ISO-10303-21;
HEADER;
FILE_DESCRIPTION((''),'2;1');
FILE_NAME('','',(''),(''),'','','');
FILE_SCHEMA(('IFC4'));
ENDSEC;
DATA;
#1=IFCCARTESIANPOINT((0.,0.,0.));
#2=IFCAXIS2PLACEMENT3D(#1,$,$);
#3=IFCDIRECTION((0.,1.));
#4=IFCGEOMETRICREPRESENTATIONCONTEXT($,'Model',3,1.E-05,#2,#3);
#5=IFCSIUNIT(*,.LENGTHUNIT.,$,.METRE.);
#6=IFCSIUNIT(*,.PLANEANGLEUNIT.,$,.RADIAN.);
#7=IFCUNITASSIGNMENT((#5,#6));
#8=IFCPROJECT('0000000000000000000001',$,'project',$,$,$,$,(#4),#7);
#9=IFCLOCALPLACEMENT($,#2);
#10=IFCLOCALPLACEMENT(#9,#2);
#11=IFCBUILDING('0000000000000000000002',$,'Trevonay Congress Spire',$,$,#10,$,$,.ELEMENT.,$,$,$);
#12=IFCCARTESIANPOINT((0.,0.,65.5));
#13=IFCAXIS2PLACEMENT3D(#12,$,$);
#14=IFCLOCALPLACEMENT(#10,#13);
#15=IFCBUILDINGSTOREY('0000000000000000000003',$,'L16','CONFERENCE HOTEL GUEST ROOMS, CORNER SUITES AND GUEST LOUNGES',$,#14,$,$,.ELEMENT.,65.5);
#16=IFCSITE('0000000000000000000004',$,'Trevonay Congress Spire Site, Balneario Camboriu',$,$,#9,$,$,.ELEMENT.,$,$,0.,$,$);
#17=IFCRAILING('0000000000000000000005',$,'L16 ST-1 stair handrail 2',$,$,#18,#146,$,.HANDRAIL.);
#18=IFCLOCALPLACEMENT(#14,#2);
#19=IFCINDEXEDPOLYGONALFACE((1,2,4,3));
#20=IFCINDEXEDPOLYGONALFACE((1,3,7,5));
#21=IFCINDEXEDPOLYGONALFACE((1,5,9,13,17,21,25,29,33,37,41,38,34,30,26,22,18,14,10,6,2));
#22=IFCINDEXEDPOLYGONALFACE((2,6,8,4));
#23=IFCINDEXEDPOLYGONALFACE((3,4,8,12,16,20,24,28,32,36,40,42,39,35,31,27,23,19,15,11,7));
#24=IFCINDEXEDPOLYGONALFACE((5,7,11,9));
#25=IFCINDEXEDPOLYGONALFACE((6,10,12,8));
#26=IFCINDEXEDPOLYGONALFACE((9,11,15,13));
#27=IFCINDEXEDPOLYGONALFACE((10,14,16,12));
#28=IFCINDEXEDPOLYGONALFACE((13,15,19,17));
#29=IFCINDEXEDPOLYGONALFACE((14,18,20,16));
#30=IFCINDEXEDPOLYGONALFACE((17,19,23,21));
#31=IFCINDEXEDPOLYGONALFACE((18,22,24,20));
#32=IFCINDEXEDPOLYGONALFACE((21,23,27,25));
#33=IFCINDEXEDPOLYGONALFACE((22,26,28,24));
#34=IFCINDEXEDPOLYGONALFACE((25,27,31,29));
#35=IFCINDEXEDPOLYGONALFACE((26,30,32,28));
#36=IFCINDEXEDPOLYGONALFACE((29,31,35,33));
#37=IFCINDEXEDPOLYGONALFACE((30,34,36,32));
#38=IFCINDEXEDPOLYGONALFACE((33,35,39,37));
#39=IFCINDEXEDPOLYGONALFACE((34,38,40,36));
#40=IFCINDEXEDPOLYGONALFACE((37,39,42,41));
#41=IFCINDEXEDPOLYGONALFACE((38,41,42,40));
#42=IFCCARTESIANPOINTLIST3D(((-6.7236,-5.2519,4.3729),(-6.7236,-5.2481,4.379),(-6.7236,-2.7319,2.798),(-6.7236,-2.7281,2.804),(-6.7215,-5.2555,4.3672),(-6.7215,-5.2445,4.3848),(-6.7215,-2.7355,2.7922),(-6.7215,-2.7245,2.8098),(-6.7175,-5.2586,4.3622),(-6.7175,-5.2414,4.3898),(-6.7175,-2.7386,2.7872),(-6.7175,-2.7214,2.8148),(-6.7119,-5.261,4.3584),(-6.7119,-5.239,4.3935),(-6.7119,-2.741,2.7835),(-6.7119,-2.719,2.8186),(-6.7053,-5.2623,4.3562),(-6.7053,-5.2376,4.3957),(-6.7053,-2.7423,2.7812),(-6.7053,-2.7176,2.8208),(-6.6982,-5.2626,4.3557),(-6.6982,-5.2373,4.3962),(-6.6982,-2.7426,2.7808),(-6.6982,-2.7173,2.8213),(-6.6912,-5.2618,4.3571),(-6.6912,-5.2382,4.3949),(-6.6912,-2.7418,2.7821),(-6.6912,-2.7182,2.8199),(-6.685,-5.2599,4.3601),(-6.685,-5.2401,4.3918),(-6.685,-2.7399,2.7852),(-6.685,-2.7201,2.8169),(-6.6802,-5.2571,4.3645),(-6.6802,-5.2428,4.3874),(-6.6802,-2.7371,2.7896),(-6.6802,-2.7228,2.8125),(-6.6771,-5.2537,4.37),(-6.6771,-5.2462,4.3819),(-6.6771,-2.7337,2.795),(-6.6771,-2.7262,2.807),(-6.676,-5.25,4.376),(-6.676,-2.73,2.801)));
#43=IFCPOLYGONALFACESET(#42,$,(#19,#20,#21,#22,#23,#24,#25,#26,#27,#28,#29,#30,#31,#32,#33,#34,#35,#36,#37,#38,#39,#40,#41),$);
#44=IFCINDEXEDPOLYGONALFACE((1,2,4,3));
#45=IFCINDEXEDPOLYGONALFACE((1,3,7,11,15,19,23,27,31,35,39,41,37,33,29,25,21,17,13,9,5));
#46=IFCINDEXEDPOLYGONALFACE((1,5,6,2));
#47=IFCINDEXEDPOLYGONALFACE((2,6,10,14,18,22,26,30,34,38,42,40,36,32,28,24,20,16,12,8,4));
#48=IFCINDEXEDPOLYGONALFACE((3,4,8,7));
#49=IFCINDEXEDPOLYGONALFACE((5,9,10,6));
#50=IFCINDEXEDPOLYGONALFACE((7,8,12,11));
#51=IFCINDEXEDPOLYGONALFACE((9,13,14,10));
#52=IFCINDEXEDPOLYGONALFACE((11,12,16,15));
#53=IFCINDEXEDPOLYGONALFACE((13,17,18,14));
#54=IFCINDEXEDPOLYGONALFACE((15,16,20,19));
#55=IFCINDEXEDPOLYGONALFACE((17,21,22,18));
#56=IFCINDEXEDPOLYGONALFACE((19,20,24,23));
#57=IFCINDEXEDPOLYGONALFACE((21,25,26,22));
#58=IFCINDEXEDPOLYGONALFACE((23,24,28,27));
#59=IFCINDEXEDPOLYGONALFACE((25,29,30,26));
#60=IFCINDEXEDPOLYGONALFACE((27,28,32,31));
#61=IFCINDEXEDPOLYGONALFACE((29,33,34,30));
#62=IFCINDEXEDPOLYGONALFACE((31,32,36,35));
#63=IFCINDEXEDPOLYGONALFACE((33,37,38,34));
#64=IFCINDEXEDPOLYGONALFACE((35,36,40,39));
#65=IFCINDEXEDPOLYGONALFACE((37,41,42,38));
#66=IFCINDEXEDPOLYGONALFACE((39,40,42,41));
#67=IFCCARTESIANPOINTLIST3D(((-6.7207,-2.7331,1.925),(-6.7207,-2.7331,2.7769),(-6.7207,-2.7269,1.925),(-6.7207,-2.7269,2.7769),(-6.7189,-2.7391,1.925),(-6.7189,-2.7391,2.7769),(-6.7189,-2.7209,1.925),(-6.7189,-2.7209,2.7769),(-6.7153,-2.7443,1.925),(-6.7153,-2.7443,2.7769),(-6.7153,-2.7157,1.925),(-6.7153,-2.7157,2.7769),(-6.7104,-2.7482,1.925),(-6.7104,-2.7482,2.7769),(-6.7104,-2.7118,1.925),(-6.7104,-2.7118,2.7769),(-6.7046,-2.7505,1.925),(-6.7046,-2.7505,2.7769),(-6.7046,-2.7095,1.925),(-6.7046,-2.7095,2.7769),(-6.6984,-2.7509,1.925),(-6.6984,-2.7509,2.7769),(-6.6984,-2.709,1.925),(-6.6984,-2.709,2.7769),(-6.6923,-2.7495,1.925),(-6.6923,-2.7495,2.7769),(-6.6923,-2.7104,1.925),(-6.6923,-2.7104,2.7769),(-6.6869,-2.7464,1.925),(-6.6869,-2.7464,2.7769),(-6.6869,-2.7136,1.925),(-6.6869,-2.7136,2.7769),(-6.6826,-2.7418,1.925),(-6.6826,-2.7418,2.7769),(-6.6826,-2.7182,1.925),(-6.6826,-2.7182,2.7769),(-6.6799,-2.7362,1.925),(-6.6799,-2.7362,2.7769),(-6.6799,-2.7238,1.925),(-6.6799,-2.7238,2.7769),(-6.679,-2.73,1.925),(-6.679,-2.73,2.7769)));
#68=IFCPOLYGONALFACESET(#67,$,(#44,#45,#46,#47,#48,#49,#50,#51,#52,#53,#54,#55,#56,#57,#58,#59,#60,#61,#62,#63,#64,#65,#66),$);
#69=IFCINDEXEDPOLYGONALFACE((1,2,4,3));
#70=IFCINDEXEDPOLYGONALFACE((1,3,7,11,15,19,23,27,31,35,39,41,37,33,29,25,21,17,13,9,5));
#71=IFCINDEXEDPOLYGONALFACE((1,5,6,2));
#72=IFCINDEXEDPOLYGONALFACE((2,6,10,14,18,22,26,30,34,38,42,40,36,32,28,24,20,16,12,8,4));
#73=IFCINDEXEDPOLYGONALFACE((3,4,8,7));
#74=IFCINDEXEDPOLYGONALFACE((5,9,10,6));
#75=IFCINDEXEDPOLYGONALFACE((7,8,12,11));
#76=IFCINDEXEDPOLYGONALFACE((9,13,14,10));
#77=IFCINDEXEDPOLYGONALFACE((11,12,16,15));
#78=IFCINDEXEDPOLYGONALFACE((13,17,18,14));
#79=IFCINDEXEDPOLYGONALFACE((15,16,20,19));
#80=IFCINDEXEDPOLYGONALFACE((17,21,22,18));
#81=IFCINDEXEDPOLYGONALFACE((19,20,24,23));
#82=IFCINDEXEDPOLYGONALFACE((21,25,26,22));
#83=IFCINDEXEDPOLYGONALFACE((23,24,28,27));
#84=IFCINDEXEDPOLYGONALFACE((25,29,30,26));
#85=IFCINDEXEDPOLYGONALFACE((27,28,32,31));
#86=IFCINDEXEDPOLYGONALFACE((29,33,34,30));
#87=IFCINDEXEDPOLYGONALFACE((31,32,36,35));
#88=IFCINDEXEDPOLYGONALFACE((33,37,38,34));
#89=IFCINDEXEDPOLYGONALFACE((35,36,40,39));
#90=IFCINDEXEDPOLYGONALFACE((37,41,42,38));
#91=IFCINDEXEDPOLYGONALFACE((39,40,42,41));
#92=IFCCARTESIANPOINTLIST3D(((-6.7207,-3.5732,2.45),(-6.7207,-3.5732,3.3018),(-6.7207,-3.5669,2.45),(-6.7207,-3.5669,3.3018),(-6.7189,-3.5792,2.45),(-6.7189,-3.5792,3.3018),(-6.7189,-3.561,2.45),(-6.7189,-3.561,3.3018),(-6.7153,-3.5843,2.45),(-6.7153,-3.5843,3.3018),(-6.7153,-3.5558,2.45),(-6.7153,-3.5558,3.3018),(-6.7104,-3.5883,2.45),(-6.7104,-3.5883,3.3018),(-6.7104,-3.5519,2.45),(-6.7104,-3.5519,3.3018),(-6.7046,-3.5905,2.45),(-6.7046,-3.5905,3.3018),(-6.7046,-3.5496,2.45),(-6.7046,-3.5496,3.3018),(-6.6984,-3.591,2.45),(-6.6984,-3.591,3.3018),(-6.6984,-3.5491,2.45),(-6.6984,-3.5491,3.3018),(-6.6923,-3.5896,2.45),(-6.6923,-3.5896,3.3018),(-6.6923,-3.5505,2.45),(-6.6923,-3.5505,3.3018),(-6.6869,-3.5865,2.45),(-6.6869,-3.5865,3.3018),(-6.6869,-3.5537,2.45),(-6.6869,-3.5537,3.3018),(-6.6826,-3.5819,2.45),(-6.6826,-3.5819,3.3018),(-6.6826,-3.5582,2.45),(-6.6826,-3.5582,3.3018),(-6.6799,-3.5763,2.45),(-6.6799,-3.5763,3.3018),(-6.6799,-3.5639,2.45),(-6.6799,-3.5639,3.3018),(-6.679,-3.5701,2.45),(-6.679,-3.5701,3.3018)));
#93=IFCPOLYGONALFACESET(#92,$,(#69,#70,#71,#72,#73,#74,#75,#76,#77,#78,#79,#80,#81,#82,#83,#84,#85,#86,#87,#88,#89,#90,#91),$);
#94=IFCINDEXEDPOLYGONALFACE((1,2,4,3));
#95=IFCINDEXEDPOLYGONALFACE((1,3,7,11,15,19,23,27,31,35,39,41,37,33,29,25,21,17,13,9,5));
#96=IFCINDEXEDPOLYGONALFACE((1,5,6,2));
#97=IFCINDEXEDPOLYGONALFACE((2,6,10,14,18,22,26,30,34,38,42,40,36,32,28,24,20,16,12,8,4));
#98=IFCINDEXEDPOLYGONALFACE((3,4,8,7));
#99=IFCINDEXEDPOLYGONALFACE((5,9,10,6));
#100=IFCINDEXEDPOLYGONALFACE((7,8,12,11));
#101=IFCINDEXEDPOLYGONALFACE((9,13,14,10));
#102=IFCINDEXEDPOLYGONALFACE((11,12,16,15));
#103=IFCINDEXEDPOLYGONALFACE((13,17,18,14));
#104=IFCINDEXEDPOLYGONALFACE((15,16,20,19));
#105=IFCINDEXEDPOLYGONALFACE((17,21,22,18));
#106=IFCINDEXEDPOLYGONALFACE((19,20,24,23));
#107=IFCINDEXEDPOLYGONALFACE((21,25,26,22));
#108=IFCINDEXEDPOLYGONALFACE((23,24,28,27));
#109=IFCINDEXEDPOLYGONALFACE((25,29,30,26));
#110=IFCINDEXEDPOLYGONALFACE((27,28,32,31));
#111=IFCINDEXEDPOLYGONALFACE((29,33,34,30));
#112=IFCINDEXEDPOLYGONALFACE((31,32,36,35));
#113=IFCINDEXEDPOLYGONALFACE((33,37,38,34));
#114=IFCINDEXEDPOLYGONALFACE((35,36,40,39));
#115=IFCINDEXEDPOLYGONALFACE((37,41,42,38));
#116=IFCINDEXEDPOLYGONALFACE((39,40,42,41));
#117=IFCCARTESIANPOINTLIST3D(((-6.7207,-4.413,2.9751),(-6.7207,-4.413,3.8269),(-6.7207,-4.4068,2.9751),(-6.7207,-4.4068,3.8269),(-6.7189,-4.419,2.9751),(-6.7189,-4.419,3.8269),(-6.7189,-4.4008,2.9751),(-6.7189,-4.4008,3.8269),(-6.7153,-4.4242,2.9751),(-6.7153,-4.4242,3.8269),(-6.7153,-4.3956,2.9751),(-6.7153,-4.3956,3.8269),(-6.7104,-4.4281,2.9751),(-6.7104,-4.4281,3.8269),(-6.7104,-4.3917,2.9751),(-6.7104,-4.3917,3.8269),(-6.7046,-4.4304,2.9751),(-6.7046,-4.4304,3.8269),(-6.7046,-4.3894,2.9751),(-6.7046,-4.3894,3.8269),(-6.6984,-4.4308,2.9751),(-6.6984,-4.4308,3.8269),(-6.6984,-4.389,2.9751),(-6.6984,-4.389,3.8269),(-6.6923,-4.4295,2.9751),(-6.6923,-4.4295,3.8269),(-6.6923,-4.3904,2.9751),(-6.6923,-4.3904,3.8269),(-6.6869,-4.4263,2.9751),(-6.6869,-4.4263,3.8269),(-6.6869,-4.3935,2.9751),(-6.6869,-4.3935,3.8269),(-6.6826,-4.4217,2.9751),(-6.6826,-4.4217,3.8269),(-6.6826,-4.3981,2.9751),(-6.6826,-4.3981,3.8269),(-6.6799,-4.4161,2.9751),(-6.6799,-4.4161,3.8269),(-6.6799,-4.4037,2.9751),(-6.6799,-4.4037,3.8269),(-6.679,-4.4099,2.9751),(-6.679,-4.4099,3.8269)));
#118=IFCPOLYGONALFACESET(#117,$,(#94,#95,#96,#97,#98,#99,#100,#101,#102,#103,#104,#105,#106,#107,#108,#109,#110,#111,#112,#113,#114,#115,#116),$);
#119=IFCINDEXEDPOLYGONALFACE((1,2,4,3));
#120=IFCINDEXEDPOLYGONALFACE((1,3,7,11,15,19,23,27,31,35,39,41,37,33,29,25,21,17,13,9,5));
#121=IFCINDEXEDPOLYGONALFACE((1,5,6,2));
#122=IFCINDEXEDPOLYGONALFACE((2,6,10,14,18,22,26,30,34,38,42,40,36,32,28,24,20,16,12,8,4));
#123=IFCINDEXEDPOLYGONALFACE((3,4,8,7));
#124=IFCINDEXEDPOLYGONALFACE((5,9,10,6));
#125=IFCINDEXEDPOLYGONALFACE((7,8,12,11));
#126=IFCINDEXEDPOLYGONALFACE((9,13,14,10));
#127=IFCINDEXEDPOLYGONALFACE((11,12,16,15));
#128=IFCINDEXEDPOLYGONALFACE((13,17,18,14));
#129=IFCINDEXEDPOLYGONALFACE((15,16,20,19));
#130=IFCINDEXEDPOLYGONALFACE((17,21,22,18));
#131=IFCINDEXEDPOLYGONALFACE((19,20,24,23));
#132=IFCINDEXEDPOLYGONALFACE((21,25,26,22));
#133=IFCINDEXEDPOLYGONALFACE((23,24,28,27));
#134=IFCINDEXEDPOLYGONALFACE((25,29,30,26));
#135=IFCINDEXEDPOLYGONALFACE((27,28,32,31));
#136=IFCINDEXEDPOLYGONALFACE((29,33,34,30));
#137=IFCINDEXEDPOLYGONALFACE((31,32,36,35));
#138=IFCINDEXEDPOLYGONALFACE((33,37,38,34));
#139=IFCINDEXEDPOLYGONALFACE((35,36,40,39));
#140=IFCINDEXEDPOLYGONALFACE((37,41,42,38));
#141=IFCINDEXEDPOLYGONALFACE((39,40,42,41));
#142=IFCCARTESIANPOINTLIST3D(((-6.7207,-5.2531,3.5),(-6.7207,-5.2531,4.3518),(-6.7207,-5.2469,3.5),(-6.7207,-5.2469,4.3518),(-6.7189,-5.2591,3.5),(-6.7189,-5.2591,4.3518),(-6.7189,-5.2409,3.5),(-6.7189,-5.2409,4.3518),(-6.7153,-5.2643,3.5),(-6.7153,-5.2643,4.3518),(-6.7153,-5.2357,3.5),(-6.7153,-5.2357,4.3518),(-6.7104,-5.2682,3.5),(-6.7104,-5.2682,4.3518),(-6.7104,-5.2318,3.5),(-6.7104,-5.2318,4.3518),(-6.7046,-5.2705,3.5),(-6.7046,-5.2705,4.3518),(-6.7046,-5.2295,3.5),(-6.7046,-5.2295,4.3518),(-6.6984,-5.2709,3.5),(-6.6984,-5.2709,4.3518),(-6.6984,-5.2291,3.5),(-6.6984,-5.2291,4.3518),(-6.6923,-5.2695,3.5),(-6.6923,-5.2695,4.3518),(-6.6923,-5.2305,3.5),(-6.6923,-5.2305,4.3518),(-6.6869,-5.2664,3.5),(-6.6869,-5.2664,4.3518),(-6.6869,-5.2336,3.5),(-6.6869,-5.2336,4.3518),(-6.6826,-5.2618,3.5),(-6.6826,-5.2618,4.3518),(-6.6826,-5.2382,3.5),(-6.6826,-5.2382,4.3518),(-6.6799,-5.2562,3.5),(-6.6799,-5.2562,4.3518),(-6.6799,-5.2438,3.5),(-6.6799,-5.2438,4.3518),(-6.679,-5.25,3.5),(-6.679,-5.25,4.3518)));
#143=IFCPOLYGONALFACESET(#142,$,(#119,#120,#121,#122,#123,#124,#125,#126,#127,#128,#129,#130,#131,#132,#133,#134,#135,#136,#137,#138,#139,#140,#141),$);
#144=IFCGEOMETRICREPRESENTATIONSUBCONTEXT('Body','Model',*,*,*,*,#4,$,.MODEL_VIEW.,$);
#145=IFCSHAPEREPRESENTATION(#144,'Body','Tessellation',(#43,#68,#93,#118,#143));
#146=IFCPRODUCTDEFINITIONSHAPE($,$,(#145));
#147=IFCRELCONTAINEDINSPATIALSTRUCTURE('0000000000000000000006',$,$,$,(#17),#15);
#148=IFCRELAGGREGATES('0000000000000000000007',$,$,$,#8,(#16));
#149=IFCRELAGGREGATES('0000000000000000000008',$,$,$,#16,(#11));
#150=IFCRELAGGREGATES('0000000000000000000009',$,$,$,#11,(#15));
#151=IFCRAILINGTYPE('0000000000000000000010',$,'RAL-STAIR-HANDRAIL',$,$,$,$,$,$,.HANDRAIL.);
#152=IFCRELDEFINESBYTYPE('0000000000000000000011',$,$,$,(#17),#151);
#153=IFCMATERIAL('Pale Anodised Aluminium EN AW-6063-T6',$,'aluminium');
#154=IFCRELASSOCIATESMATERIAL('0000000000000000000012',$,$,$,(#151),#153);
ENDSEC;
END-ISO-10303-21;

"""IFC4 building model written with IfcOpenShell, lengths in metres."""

from ifc_helpers import new_model, si_unit, direction, frame, origin, origin_2d, place, context, subcontext, project, spatial, circle, extrude, material, type_object, element, save


model = new_model("IFC4")

# Units and contexts
model_context = context("Model", 3, precision=1e-05, world=origin(), true_north=direction((0.0, 1.0)))
body_context = subcontext(model_context, "Body", "Model", "MODEL_VIEW")
ifc_project = project(units=[si_unit("LENGTHUNIT", "METRE"), si_unit("PLANEANGLEUNIT", "RADIAN")], contexts=[model_context])

# Site, building, storey
site_placement = place(None, origin())
site = spatial("IfcSite", under=ifc_project, at=site_placement, Name="Trevonay Congress Spire Site, Balneario Camboriu", CompositionType="ELEMENT", RefElevation=0.0)
building_placement = place(site_placement, origin())
building = spatial("IfcBuilding", under=site, at=building_placement, Name="Trevonay Congress Spire", CompositionType="ELEMENT")
storey_placement = place(building_placement, frame((0.0, 0.0, 65.5)))
storey = spatial("IfcBuildingStorey", under=building, at=storey_placement, Name="L16", Description="CONFERENCE HOTEL GUEST ROOMS, CORNER SUITES AND GUEST LOUNGES", CompositionType="ELEMENT", Elevation=65.5)

# Shared definitions
ifc_material_1 = material(Name="Pale Anodised Aluminium EN AW-6063-T6", Category="aluminium")

# Railing
railing_type_1 = type_object("IfcRailingType", Name="RAL-STAIR-HANDRAIL", PredefinedType="HANDRAIL", material=ifc_material_1)
railing_1_placement = place(storey_placement, frame((-6.7, -2.73, 1.925)))
element("IfcRailing", 1, at=railing_1_placement, inside=storey, type_object=railing_type_1, Name="L16 ST-1 stair handrail 2", PredefinedType="HANDRAIL", context=body_context, shape_type="SweptSolid", body=[
    extrude(circle(Radius=0.0239, at=origin_2d()), frame((0.0, 0.0, 0.876), z_axis=(0.0, -0.848008, 0.529984), x_axis=(1.0, 0.0, 0.0)), (0.0, 0.0, 1.0), 2.9717),
    extrude(circle(Radius=0.021, at=origin_2d()), origin(), (0.0, 0.0, 1.0), 0.8518),
    extrude(circle(Radius=0.021, at=origin_2d()), frame((0.0, -0.8401, 0.5249)), (0.0, 0.0, 1.0), 0.8518),
    extrude(circle(Radius=0.021, at=origin_2d()), frame((0.0, -1.6799, 1.05)), (0.0, 0.0, 1.0), 0.8518),
    extrude(circle(Radius=0.021, at=origin_2d()), frame((0.0, -2.52, 1.575)), (0.0, 0.0, 1.0), 0.8518),
])

save(model, "model.ifc")
